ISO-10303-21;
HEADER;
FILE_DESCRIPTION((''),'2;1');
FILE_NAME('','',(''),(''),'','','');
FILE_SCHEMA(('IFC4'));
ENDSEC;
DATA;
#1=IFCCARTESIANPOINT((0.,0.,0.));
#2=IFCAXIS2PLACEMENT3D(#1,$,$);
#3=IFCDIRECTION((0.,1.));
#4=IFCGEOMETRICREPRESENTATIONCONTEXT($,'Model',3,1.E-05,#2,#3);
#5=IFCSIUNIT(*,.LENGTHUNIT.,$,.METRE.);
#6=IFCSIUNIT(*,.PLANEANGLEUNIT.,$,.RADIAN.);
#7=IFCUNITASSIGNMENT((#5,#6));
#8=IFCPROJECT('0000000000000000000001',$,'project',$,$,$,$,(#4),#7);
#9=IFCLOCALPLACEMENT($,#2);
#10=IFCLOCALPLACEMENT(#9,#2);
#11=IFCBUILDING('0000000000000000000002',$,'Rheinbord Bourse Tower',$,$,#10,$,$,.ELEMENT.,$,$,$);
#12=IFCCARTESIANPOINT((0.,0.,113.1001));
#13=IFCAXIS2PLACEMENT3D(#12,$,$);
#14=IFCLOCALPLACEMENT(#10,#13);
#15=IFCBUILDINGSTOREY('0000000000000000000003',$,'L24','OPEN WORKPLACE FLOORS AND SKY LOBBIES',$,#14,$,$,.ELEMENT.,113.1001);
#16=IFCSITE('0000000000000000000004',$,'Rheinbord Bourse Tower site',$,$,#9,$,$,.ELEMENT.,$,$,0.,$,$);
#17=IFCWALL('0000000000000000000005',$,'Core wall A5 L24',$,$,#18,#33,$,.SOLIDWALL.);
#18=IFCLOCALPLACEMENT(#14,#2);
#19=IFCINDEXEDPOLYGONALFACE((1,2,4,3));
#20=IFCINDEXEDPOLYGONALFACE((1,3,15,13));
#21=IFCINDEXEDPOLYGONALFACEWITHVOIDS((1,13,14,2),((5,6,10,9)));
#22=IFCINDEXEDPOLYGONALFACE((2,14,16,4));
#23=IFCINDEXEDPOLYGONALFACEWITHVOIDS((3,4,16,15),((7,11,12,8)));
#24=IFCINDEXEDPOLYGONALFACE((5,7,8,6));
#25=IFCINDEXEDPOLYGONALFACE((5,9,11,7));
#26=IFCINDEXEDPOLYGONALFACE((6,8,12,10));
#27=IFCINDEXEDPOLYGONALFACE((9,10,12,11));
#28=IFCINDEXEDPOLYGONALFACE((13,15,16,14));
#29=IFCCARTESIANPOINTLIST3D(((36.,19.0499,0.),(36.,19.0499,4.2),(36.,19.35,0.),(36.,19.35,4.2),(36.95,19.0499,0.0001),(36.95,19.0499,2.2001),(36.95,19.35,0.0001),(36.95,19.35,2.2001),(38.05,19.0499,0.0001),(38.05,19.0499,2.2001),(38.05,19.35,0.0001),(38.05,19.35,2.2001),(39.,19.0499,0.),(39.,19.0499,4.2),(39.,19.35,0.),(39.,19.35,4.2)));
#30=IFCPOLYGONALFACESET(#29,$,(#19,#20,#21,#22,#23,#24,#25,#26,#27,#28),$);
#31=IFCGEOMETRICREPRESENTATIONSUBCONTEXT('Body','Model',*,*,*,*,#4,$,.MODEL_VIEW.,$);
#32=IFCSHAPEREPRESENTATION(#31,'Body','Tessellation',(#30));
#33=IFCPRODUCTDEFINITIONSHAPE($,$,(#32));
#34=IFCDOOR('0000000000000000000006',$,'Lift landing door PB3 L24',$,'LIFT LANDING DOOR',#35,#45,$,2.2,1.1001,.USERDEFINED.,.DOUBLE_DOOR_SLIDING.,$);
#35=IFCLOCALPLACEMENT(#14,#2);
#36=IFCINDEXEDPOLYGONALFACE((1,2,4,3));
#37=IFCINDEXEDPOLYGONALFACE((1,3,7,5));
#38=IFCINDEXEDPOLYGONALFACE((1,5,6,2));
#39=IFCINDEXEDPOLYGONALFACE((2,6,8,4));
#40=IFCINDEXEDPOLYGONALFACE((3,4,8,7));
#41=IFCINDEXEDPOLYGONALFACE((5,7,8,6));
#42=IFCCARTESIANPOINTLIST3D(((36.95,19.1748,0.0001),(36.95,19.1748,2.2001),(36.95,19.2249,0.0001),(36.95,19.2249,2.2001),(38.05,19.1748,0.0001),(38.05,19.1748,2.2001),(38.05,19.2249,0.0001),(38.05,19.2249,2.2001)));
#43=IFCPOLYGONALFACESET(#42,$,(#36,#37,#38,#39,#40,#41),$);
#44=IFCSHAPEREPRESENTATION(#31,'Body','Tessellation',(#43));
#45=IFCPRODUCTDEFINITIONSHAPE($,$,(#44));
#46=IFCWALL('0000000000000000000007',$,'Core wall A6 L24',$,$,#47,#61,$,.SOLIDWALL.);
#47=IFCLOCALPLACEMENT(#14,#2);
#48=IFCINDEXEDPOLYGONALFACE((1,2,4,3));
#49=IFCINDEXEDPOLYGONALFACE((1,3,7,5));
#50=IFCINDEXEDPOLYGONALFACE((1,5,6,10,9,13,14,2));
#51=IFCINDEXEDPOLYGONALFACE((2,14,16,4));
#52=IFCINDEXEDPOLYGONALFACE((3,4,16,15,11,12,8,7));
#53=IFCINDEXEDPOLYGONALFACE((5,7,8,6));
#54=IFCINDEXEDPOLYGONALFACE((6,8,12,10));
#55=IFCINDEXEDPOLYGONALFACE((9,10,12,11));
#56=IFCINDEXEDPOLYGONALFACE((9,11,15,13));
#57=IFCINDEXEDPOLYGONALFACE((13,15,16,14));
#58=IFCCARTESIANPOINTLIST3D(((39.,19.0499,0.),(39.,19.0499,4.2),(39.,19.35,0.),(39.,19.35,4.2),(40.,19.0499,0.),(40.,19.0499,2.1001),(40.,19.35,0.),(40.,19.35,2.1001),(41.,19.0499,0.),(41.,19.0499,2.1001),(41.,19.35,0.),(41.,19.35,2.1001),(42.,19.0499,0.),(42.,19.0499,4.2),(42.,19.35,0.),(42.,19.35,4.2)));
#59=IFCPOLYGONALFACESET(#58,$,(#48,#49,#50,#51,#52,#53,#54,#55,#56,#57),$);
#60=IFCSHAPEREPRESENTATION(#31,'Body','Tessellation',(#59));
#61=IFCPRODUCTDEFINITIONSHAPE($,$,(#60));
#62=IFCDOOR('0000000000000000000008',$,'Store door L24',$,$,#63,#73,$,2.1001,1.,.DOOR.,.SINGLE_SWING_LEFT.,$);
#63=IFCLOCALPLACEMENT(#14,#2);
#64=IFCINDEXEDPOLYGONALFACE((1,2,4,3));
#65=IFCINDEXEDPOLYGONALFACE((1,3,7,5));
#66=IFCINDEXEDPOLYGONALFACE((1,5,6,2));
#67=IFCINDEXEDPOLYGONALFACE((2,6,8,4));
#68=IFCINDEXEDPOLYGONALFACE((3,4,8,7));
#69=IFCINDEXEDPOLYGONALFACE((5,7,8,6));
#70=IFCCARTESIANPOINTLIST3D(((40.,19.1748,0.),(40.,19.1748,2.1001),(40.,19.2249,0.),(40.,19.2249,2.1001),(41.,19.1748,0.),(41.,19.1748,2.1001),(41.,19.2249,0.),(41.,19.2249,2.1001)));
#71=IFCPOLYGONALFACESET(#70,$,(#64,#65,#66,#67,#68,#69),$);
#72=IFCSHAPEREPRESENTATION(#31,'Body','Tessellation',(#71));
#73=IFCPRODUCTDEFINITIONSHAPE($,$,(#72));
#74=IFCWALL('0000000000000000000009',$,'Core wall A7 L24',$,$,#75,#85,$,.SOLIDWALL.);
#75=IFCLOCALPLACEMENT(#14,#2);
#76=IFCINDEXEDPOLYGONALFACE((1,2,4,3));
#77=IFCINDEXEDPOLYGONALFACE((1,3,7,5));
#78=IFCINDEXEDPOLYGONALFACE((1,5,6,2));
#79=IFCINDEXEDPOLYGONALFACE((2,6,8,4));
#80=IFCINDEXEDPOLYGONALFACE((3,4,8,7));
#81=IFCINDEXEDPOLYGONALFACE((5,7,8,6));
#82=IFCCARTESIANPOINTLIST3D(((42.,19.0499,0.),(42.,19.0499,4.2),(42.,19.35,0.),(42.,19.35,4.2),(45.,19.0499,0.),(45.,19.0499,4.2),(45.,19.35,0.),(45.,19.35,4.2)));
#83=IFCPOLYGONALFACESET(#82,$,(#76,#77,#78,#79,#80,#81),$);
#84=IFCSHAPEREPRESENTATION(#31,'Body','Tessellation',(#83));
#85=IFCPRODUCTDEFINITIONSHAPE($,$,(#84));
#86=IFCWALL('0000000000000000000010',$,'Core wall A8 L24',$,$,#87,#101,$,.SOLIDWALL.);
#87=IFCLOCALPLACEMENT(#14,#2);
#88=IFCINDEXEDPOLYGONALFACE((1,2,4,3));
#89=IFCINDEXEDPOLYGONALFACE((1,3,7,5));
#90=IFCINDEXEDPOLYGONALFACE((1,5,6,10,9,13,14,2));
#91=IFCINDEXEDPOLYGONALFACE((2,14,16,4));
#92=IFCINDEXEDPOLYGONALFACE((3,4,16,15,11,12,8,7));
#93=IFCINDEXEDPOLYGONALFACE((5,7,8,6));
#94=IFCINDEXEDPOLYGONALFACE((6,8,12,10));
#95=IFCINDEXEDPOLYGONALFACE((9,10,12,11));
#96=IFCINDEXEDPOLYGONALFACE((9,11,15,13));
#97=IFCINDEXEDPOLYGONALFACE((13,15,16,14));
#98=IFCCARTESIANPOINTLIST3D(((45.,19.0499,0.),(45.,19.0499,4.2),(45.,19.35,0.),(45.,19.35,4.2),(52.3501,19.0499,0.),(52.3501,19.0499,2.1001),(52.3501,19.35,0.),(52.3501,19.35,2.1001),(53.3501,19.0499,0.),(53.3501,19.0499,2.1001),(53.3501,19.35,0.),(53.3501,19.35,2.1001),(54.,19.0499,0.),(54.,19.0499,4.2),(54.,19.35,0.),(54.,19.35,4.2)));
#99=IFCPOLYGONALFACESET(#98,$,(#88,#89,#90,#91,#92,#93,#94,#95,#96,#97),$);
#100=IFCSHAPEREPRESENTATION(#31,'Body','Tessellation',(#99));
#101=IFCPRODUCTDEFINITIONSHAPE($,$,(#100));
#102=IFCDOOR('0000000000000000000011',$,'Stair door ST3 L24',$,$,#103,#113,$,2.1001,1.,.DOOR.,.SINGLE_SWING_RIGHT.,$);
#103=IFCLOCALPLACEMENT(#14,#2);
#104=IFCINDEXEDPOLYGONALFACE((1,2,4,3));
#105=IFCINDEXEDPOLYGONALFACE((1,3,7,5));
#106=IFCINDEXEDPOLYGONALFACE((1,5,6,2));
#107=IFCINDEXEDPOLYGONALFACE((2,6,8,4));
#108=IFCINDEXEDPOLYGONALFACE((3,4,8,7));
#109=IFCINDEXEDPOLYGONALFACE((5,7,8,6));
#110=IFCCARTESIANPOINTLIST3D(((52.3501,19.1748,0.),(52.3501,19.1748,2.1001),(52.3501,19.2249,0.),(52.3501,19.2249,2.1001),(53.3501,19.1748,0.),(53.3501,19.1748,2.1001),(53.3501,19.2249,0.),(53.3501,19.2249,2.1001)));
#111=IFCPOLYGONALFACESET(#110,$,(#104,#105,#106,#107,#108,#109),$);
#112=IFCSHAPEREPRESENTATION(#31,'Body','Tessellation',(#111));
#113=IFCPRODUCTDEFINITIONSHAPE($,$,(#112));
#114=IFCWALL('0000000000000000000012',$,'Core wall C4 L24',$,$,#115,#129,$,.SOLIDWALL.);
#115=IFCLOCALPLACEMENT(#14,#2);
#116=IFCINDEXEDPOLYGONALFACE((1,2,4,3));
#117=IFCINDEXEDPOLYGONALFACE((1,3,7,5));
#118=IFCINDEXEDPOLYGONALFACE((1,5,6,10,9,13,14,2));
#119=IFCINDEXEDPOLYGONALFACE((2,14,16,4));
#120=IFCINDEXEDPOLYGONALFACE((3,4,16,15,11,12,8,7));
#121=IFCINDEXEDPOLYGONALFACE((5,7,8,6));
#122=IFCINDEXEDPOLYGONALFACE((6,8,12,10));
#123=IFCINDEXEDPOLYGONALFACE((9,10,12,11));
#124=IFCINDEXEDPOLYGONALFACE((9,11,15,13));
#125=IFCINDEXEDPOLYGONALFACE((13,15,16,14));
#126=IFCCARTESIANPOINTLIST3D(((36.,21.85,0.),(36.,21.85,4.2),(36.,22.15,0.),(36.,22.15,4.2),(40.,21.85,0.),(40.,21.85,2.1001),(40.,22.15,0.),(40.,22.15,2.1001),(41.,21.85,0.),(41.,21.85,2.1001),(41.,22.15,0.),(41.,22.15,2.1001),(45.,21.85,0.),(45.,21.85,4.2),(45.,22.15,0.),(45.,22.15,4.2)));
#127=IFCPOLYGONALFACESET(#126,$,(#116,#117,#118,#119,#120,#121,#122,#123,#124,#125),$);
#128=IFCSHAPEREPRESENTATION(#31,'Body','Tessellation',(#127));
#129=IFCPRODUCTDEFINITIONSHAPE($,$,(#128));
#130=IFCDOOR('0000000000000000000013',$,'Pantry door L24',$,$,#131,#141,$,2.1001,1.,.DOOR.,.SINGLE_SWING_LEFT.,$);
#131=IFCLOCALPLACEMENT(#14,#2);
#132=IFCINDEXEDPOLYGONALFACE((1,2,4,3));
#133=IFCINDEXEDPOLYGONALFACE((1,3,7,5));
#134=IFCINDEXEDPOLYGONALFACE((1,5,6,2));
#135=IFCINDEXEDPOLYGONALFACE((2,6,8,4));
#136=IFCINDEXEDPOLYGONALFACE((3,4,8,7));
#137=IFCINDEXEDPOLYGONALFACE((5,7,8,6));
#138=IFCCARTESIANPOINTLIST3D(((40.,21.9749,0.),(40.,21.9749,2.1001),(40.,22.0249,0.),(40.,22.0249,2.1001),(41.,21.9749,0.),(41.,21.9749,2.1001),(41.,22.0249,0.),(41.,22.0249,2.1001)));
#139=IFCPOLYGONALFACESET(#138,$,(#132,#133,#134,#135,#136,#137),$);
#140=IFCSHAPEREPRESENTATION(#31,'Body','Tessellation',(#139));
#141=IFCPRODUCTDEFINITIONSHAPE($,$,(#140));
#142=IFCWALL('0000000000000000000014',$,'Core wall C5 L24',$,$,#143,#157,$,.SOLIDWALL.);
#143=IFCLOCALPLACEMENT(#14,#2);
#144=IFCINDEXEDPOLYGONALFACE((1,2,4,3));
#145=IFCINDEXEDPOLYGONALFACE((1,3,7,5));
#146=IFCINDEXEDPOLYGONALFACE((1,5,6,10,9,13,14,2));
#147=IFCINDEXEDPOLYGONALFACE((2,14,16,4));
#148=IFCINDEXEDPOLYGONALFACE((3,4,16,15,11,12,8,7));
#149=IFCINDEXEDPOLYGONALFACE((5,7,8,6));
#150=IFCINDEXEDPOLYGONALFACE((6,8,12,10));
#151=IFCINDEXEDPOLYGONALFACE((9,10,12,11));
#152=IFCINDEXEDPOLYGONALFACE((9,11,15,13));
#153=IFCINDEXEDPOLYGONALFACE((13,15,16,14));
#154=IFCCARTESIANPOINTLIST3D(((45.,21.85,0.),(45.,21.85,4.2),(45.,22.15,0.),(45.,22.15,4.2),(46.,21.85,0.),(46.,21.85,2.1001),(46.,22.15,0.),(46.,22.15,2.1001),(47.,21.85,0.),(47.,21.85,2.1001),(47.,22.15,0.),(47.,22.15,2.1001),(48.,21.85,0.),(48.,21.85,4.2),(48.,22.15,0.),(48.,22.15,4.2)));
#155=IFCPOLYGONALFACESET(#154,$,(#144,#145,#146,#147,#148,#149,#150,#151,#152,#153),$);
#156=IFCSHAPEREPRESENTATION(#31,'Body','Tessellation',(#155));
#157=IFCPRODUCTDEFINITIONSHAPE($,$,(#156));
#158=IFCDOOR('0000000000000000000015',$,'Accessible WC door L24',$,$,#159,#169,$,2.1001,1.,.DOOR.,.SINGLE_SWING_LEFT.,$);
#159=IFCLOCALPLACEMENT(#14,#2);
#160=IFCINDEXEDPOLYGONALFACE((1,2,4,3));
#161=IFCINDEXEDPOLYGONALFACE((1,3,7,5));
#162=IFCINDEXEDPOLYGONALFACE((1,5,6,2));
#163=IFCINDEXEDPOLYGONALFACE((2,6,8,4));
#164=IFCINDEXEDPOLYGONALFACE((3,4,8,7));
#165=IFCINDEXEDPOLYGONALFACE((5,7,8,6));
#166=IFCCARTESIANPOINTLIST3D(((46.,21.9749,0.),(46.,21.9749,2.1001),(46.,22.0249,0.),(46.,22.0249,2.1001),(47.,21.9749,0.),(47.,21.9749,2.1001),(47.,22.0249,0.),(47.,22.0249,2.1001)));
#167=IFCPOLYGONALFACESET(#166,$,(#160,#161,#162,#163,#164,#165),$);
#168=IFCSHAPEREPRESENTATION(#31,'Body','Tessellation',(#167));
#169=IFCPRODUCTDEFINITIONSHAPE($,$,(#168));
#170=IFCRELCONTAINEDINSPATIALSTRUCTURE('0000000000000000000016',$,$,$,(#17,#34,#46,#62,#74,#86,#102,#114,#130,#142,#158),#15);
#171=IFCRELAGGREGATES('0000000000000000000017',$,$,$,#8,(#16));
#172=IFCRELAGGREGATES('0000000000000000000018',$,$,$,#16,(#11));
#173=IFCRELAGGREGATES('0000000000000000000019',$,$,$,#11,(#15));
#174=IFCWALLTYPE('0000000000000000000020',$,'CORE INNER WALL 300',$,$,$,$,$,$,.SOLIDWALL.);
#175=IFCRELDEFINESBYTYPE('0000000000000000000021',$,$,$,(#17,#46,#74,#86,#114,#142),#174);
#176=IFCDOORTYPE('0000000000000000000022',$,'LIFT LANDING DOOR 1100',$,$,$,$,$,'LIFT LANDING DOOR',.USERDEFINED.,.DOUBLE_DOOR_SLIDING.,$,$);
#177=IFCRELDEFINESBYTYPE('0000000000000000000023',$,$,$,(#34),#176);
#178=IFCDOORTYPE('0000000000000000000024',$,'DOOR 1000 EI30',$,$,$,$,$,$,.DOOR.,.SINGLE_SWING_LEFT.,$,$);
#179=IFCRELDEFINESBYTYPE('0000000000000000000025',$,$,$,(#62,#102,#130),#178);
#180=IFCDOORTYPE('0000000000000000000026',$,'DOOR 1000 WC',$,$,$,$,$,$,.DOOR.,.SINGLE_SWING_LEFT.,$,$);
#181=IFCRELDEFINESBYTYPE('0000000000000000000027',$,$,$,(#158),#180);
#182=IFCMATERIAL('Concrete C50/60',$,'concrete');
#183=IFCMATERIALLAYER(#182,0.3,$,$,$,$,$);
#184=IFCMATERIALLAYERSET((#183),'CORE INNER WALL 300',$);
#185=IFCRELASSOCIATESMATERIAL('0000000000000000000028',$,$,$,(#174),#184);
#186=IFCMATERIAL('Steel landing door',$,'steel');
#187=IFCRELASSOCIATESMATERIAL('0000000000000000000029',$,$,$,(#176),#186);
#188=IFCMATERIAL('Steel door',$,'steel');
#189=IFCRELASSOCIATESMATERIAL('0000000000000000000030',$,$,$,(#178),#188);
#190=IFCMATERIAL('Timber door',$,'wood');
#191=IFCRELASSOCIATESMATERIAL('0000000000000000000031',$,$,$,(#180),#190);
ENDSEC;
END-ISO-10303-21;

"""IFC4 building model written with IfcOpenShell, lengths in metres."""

from ifc_helpers import new_model, si_unit, direction, frame, frame_2d, origin, place, context, subcontext, project, spatial, rectangle, extrude, material, layer, layer_set, type_object, element, fill, save


model = new_model("IFC4")

# Units and contexts
model_context = context("Model", 3, precision=1e-05, world=origin(), true_north=direction((0.0, 1.0)))
body_context = subcontext(model_context, "Body", "Model", "MODEL_VIEW")
ifc_project = project(units=[si_unit("LENGTHUNIT", "METRE"), si_unit("PLANEANGLEUNIT", "RADIAN")], contexts=[model_context])

# Site, building, storey
site_placement = place(None, origin())
site = spatial("IfcSite", under=ifc_project, at=site_placement, Name="Rheinbord Bourse Tower site", CompositionType="ELEMENT", RefElevation=0.0)
building_placement = place(site_placement, origin())
building = spatial("IfcBuilding", under=site, at=building_placement, Name="Rheinbord Bourse Tower", CompositionType="ELEMENT")
storey_placement = place(building_placement, frame((0.0, 0.0, 113.1001)))
storey = spatial("IfcBuildingStorey", under=building, at=storey_placement, Name="L24", Description="OPEN WORKPLACE FLOORS AND SKY LOBBIES", CompositionType="ELEMENT", Elevation=113.1001)

# Walls, openings, doors
ifc_material_1 = material(Name="Concrete C50/60", Category="concrete")
ifc_layer_1 = layer(ifc_material_1, 0.3)
ifc_layer_set_1 = layer_set([ifc_layer_1], Name="CORE INNER WALL 300")
wall_type_1 = type_object("IfcWallType", Name="CORE INNER WALL 300", PredefinedType="SOLIDWALL", material=ifc_layer_set_1)
wall_1_placement = place(storey_placement, frame((36.0, 19.2, 0.0), z_axis=(0.0, 0.0, 1.0), x_axis=(1.0, 0.0, 0.0)))
wall_1 = element("IfcWall", 1, at=wall_1_placement, inside=storey, type_object=wall_type_1, Name="Core wall A5 L24", PredefinedType="SOLIDWALL", context=body_context, shape_type="SweptSolid", body=[
    extrude(rectangle(XDim=3.0, YDim=0.3, at=frame_2d((1.5, 0.0))), origin(), (0.0, 0.0, 1.0), 4.2),
])
opening_1_placement = place(wall_1_placement, frame((0.95, 0.0, 0.0)))
opening_1 = element("IfcOpeningElement", 2, at=opening_1_placement, cuts=wall_1, PredefinedType="OPENING", context=body_context, shape_type="SweptSolid", body=[
    extrude(rectangle(XDim=1.1001, YDim=2.2, at=frame_2d((0.55, 1.1001))), frame((0.0, 0.1599, 0.0), z_axis=(0.0, -1.0, 0.0), x_axis=(1.0, 0.0, 0.0)), (0.0, 0.0, 1.0), 0.3201),
])
ifc_material_2 = material(Name="Steel landing door", Category="steel")
door_type_1 = type_object("IfcDoorType", Name="LIFT LANDING DOOR 1100", ElementType="LIFT LANDING DOOR", OperationType="DOUBLE_DOOR_SLIDING", PredefinedType="USERDEFINED", material=ifc_material_2)
door_1_placement = place(opening_1_placement, origin())
door_1 = element("IfcDoor", 3, at=door_1_placement, inside=storey, type_object=door_type_1, Name="Lift landing door PB3 L24", ObjectType="LIFT LANDING DOOR", OperationType="DOUBLE_DOOR_SLIDING", OverallHeight=2.2, OverallWidth=1.1001, PredefinedType="USERDEFINED", context=body_context, shape_type="SweptSolid", body=[
    extrude(rectangle(XDim=1.1001, YDim=2.2, at=frame_2d((0.55, 1.1001))), frame((0.0, 0.0249, 0.0), z_axis=(0.0, -1.0, 0.0), x_axis=(1.0, 0.0, 0.0)), (0.0, 0.0, 1.0), 0.05),
])
fill(opening_1, door_1)
wall_2_placement = place(storey_placement, frame((39.0, 19.2, 0.0), z_axis=(0.0, 0.0, 1.0), x_axis=(1.0, 0.0, 0.0)))
wall_2 = element("IfcWall", 4, at=wall_2_placement, inside=storey, type_object=wall_type_1, Name="Core wall A6 L24", PredefinedType="SOLIDWALL", context=body_context, shape_type="SweptSolid", body=[
    extrude(rectangle(XDim=3.0, YDim=0.3, at=frame_2d((1.5, 0.0))), origin(), (0.0, 0.0, 1.0), 4.2),
])
opening_2_placement = place(wall_2_placement, frame((1.0, 0.0, 0.0)))
opening_2 = element("IfcOpeningElement", 5, at=opening_2_placement, cuts=wall_2, PredefinedType="OPENING", context=body_context, shape_type="SweptSolid", body=[
    extrude(rectangle(XDim=1.0, YDim=2.1001, at=frame_2d((0.5, 1.05))), frame((0.0, 0.1599, 0.0), z_axis=(0.0, -1.0, 0.0), x_axis=(1.0, 0.0, 0.0)), (0.0, 0.0, 1.0), 0.3201),
])
ifc_material_3 = material(Name="Steel door", Category="steel")
door_type_2 = type_object("IfcDoorType", Name="DOOR 1000 EI30", OperationType="SINGLE_SWING_LEFT", PredefinedType="DOOR", material=ifc_material_3)
door_2_placement = place(opening_2_placement, origin())
door_2 = element("IfcDoor", 6, at=door_2_placement, inside=storey, type_object=door_type_2, Name="Store door L24", OperationType="SINGLE_SWING_LEFT", OverallHeight=2.1001, OverallWidth=1.0, PredefinedType="DOOR", context=body_context, shape_type="SweptSolid", body=[
    extrude(rectangle(XDim=1.0, YDim=2.1001, at=frame_2d((0.5, 1.05))), frame((0.0, 0.0249, 0.0), z_axis=(0.0, -1.0, 0.0), x_axis=(1.0, 0.0, 0.0)), (0.0, 0.0, 1.0), 0.05),
])
fill(opening_2, door_2)

# Wall
wall_3_placement = place(storey_placement, frame((42.0, 19.2, 0.0), z_axis=(0.0, 0.0, 1.0), x_axis=(1.0, 0.0, 0.0)))
element("IfcWall", 7, at=wall_3_placement, inside=storey, type_object=wall_type_1, Name="Core wall A7 L24", PredefinedType="SOLIDWALL", context=body_context, shape_type="SweptSolid", body=[
    extrude(rectangle(XDim=3.0, YDim=0.3, at=frame_2d((1.5, 0.0))), origin(), (0.0, 0.0, 1.0), 4.2),
])

# Walls, openings, doors
wall_4_placement = place(storey_placement, frame((45.0, 19.2, 0.0), z_axis=(0.0, 0.0, 1.0), x_axis=(1.0, 0.0, 0.0)))
wall_4 = element("IfcWall", 8, at=wall_4_placement, inside=storey, type_object=wall_type_1, Name="Core wall A8 L24", PredefinedType="SOLIDWALL", context=body_context, shape_type="SweptSolid", body=[
    extrude(rectangle(XDim=9.0, YDim=0.3, at=frame_2d((4.5, 0.0))), origin(), (0.0, 0.0, 1.0), 4.2),
])
opening_3_placement = place(wall_4_placement, frame((7.3501, 0.0, 0.0)))
opening_3 = element("IfcOpeningElement", 9, at=opening_3_placement, cuts=wall_4, PredefinedType="OPENING", context=body_context, shape_type="SweptSolid", body=[
    extrude(rectangle(XDim=1.0, YDim=2.1001, at=frame_2d((0.5, 1.05))), frame((0.0, 0.1599, 0.0), z_axis=(0.0, -1.0, 0.0), x_axis=(1.0, 0.0, 0.0)), (0.0, 0.0, 1.0), 0.3201),
])
door_3_placement = place(opening_3_placement, origin())
door_3 = element("IfcDoor", 10, at=door_3_placement, inside=storey, type_object=door_type_2, Name="Stair door ST3 L24", OperationType="SINGLE_SWING_RIGHT", OverallHeight=2.1001, OverallWidth=1.0, PredefinedType="DOOR", context=body_context, shape_type="SweptSolid", body=[
    extrude(rectangle(XDim=1.0, YDim=2.1001, at=frame_2d((0.5, 1.05))), frame((0.0, 0.0249, 0.0), z_axis=(0.0, -1.0, 0.0), x_axis=(1.0, 0.0, 0.0)), (0.0, 0.0, 1.0), 0.05),
])
fill(opening_3, door_3)
wall_5_placement = place(storey_placement, frame((36.0, 22.0, 0.0), z_axis=(0.0, 0.0, 1.0), x_axis=(1.0, 0.0, 0.0)))
wall_5 = element("IfcWall", 11, at=wall_5_placement, inside=storey, type_object=wall_type_1, Name="Core wall C4 L24", PredefinedType="SOLIDWALL", context=body_context, shape_type="SweptSolid", body=[
    extrude(rectangle(XDim=9.0, YDim=0.3, at=frame_2d((4.5, 0.0))), origin(), (0.0, 0.0, 1.0), 4.2),
])
opening_4_placement = place(wall_5_placement, frame((4.0, 0.0, 0.0)))
opening_4 = element("IfcOpeningElement", 12, at=opening_4_placement, cuts=wall_5, PredefinedType="OPENING", context=body_context, shape_type="SweptSolid", body=[
    extrude(rectangle(XDim=1.0, YDim=2.1001, at=frame_2d((0.5, 1.05))), frame((0.0, 0.1599, 0.0), z_axis=(0.0, -1.0, 0.0), x_axis=(1.0, 0.0, 0.0)), (0.0, 0.0, 1.0), 0.3201),
])
door_4_placement = place(opening_4_placement, origin())
door_4 = element("IfcDoor", 13, at=door_4_placement, inside=storey, type_object=door_type_2, Name="Pantry door L24", OperationType="SINGLE_SWING_LEFT", OverallHeight=2.1001, OverallWidth=1.0, PredefinedType="DOOR", context=body_context, shape_type="SweptSolid", body=[
    extrude(rectangle(XDim=1.0, YDim=2.1001, at=frame_2d((0.5, 1.05))), frame((0.0, 0.0249, 0.0), z_axis=(0.0, -1.0, 0.0), x_axis=(1.0, 0.0, 0.0)), (0.0, 0.0, 1.0), 0.05),
])
fill(opening_4, door_4)
wall_6_placement = place(storey_placement, frame((45.0, 22.0, 0.0), z_axis=(0.0, 0.0, 1.0), x_axis=(1.0, 0.0, 0.0)))
wall_6 = element("IfcWall", 14, at=wall_6_placement, inside=storey, type_object=wall_type_1, Name="Core wall C5 L24", PredefinedType="SOLIDWALL", context=body_context, shape_type="SweptSolid", body=[
    extrude(rectangle(XDim=3.0, YDim=0.3, at=frame_2d((1.5, 0.0))), origin(), (0.0, 0.0, 1.0), 4.2),
])
opening_5_placement = place(wall_6_placement, frame((1.0, 0.0, 0.0)))
opening_5 = element("IfcOpeningElement", 15, at=opening_5_placement, cuts=wall_6, PredefinedType="OPENING", context=body_context, shape_type="SweptSolid", body=[
    extrude(rectangle(XDim=1.0, YDim=2.1001, at=frame_2d((0.5, 1.05))), frame((0.0, 0.1599, 0.0), z_axis=(0.0, -1.0, 0.0), x_axis=(1.0, 0.0, 0.0)), (0.0, 0.0, 1.0), 0.3201),
])
ifc_material_4 = material(Name="Timber door", Category="wood")
door_type_3 = type_object("IfcDoorType", Name="DOOR 1000 WC", OperationType="SINGLE_SWING_LEFT", PredefinedType="DOOR", material=ifc_material_4)
door_5_placement = place(opening_5_placement, origin())
door_5 = element("IfcDoor", 16, at=door_5_placement, inside=storey, type_object=door_type_3, Name="Accessible WC door L24", OperationType="SINGLE_SWING_LEFT", OverallHeight=2.1001, OverallWidth=1.0, PredefinedType="DOOR", context=body_context, shape_type="SweptSolid", body=[
    extrude(rectangle(XDim=1.0, YDim=2.1001, at=frame_2d((0.5, 1.05))), frame((0.0, 0.0249, 0.0), z_axis=(0.0, -1.0, 0.0), x_axis=(1.0, 0.0, 0.0)), (0.0, 0.0, 1.0), 0.05),
])
fill(opening_5, door_5)

save(model, "model.ifc")
